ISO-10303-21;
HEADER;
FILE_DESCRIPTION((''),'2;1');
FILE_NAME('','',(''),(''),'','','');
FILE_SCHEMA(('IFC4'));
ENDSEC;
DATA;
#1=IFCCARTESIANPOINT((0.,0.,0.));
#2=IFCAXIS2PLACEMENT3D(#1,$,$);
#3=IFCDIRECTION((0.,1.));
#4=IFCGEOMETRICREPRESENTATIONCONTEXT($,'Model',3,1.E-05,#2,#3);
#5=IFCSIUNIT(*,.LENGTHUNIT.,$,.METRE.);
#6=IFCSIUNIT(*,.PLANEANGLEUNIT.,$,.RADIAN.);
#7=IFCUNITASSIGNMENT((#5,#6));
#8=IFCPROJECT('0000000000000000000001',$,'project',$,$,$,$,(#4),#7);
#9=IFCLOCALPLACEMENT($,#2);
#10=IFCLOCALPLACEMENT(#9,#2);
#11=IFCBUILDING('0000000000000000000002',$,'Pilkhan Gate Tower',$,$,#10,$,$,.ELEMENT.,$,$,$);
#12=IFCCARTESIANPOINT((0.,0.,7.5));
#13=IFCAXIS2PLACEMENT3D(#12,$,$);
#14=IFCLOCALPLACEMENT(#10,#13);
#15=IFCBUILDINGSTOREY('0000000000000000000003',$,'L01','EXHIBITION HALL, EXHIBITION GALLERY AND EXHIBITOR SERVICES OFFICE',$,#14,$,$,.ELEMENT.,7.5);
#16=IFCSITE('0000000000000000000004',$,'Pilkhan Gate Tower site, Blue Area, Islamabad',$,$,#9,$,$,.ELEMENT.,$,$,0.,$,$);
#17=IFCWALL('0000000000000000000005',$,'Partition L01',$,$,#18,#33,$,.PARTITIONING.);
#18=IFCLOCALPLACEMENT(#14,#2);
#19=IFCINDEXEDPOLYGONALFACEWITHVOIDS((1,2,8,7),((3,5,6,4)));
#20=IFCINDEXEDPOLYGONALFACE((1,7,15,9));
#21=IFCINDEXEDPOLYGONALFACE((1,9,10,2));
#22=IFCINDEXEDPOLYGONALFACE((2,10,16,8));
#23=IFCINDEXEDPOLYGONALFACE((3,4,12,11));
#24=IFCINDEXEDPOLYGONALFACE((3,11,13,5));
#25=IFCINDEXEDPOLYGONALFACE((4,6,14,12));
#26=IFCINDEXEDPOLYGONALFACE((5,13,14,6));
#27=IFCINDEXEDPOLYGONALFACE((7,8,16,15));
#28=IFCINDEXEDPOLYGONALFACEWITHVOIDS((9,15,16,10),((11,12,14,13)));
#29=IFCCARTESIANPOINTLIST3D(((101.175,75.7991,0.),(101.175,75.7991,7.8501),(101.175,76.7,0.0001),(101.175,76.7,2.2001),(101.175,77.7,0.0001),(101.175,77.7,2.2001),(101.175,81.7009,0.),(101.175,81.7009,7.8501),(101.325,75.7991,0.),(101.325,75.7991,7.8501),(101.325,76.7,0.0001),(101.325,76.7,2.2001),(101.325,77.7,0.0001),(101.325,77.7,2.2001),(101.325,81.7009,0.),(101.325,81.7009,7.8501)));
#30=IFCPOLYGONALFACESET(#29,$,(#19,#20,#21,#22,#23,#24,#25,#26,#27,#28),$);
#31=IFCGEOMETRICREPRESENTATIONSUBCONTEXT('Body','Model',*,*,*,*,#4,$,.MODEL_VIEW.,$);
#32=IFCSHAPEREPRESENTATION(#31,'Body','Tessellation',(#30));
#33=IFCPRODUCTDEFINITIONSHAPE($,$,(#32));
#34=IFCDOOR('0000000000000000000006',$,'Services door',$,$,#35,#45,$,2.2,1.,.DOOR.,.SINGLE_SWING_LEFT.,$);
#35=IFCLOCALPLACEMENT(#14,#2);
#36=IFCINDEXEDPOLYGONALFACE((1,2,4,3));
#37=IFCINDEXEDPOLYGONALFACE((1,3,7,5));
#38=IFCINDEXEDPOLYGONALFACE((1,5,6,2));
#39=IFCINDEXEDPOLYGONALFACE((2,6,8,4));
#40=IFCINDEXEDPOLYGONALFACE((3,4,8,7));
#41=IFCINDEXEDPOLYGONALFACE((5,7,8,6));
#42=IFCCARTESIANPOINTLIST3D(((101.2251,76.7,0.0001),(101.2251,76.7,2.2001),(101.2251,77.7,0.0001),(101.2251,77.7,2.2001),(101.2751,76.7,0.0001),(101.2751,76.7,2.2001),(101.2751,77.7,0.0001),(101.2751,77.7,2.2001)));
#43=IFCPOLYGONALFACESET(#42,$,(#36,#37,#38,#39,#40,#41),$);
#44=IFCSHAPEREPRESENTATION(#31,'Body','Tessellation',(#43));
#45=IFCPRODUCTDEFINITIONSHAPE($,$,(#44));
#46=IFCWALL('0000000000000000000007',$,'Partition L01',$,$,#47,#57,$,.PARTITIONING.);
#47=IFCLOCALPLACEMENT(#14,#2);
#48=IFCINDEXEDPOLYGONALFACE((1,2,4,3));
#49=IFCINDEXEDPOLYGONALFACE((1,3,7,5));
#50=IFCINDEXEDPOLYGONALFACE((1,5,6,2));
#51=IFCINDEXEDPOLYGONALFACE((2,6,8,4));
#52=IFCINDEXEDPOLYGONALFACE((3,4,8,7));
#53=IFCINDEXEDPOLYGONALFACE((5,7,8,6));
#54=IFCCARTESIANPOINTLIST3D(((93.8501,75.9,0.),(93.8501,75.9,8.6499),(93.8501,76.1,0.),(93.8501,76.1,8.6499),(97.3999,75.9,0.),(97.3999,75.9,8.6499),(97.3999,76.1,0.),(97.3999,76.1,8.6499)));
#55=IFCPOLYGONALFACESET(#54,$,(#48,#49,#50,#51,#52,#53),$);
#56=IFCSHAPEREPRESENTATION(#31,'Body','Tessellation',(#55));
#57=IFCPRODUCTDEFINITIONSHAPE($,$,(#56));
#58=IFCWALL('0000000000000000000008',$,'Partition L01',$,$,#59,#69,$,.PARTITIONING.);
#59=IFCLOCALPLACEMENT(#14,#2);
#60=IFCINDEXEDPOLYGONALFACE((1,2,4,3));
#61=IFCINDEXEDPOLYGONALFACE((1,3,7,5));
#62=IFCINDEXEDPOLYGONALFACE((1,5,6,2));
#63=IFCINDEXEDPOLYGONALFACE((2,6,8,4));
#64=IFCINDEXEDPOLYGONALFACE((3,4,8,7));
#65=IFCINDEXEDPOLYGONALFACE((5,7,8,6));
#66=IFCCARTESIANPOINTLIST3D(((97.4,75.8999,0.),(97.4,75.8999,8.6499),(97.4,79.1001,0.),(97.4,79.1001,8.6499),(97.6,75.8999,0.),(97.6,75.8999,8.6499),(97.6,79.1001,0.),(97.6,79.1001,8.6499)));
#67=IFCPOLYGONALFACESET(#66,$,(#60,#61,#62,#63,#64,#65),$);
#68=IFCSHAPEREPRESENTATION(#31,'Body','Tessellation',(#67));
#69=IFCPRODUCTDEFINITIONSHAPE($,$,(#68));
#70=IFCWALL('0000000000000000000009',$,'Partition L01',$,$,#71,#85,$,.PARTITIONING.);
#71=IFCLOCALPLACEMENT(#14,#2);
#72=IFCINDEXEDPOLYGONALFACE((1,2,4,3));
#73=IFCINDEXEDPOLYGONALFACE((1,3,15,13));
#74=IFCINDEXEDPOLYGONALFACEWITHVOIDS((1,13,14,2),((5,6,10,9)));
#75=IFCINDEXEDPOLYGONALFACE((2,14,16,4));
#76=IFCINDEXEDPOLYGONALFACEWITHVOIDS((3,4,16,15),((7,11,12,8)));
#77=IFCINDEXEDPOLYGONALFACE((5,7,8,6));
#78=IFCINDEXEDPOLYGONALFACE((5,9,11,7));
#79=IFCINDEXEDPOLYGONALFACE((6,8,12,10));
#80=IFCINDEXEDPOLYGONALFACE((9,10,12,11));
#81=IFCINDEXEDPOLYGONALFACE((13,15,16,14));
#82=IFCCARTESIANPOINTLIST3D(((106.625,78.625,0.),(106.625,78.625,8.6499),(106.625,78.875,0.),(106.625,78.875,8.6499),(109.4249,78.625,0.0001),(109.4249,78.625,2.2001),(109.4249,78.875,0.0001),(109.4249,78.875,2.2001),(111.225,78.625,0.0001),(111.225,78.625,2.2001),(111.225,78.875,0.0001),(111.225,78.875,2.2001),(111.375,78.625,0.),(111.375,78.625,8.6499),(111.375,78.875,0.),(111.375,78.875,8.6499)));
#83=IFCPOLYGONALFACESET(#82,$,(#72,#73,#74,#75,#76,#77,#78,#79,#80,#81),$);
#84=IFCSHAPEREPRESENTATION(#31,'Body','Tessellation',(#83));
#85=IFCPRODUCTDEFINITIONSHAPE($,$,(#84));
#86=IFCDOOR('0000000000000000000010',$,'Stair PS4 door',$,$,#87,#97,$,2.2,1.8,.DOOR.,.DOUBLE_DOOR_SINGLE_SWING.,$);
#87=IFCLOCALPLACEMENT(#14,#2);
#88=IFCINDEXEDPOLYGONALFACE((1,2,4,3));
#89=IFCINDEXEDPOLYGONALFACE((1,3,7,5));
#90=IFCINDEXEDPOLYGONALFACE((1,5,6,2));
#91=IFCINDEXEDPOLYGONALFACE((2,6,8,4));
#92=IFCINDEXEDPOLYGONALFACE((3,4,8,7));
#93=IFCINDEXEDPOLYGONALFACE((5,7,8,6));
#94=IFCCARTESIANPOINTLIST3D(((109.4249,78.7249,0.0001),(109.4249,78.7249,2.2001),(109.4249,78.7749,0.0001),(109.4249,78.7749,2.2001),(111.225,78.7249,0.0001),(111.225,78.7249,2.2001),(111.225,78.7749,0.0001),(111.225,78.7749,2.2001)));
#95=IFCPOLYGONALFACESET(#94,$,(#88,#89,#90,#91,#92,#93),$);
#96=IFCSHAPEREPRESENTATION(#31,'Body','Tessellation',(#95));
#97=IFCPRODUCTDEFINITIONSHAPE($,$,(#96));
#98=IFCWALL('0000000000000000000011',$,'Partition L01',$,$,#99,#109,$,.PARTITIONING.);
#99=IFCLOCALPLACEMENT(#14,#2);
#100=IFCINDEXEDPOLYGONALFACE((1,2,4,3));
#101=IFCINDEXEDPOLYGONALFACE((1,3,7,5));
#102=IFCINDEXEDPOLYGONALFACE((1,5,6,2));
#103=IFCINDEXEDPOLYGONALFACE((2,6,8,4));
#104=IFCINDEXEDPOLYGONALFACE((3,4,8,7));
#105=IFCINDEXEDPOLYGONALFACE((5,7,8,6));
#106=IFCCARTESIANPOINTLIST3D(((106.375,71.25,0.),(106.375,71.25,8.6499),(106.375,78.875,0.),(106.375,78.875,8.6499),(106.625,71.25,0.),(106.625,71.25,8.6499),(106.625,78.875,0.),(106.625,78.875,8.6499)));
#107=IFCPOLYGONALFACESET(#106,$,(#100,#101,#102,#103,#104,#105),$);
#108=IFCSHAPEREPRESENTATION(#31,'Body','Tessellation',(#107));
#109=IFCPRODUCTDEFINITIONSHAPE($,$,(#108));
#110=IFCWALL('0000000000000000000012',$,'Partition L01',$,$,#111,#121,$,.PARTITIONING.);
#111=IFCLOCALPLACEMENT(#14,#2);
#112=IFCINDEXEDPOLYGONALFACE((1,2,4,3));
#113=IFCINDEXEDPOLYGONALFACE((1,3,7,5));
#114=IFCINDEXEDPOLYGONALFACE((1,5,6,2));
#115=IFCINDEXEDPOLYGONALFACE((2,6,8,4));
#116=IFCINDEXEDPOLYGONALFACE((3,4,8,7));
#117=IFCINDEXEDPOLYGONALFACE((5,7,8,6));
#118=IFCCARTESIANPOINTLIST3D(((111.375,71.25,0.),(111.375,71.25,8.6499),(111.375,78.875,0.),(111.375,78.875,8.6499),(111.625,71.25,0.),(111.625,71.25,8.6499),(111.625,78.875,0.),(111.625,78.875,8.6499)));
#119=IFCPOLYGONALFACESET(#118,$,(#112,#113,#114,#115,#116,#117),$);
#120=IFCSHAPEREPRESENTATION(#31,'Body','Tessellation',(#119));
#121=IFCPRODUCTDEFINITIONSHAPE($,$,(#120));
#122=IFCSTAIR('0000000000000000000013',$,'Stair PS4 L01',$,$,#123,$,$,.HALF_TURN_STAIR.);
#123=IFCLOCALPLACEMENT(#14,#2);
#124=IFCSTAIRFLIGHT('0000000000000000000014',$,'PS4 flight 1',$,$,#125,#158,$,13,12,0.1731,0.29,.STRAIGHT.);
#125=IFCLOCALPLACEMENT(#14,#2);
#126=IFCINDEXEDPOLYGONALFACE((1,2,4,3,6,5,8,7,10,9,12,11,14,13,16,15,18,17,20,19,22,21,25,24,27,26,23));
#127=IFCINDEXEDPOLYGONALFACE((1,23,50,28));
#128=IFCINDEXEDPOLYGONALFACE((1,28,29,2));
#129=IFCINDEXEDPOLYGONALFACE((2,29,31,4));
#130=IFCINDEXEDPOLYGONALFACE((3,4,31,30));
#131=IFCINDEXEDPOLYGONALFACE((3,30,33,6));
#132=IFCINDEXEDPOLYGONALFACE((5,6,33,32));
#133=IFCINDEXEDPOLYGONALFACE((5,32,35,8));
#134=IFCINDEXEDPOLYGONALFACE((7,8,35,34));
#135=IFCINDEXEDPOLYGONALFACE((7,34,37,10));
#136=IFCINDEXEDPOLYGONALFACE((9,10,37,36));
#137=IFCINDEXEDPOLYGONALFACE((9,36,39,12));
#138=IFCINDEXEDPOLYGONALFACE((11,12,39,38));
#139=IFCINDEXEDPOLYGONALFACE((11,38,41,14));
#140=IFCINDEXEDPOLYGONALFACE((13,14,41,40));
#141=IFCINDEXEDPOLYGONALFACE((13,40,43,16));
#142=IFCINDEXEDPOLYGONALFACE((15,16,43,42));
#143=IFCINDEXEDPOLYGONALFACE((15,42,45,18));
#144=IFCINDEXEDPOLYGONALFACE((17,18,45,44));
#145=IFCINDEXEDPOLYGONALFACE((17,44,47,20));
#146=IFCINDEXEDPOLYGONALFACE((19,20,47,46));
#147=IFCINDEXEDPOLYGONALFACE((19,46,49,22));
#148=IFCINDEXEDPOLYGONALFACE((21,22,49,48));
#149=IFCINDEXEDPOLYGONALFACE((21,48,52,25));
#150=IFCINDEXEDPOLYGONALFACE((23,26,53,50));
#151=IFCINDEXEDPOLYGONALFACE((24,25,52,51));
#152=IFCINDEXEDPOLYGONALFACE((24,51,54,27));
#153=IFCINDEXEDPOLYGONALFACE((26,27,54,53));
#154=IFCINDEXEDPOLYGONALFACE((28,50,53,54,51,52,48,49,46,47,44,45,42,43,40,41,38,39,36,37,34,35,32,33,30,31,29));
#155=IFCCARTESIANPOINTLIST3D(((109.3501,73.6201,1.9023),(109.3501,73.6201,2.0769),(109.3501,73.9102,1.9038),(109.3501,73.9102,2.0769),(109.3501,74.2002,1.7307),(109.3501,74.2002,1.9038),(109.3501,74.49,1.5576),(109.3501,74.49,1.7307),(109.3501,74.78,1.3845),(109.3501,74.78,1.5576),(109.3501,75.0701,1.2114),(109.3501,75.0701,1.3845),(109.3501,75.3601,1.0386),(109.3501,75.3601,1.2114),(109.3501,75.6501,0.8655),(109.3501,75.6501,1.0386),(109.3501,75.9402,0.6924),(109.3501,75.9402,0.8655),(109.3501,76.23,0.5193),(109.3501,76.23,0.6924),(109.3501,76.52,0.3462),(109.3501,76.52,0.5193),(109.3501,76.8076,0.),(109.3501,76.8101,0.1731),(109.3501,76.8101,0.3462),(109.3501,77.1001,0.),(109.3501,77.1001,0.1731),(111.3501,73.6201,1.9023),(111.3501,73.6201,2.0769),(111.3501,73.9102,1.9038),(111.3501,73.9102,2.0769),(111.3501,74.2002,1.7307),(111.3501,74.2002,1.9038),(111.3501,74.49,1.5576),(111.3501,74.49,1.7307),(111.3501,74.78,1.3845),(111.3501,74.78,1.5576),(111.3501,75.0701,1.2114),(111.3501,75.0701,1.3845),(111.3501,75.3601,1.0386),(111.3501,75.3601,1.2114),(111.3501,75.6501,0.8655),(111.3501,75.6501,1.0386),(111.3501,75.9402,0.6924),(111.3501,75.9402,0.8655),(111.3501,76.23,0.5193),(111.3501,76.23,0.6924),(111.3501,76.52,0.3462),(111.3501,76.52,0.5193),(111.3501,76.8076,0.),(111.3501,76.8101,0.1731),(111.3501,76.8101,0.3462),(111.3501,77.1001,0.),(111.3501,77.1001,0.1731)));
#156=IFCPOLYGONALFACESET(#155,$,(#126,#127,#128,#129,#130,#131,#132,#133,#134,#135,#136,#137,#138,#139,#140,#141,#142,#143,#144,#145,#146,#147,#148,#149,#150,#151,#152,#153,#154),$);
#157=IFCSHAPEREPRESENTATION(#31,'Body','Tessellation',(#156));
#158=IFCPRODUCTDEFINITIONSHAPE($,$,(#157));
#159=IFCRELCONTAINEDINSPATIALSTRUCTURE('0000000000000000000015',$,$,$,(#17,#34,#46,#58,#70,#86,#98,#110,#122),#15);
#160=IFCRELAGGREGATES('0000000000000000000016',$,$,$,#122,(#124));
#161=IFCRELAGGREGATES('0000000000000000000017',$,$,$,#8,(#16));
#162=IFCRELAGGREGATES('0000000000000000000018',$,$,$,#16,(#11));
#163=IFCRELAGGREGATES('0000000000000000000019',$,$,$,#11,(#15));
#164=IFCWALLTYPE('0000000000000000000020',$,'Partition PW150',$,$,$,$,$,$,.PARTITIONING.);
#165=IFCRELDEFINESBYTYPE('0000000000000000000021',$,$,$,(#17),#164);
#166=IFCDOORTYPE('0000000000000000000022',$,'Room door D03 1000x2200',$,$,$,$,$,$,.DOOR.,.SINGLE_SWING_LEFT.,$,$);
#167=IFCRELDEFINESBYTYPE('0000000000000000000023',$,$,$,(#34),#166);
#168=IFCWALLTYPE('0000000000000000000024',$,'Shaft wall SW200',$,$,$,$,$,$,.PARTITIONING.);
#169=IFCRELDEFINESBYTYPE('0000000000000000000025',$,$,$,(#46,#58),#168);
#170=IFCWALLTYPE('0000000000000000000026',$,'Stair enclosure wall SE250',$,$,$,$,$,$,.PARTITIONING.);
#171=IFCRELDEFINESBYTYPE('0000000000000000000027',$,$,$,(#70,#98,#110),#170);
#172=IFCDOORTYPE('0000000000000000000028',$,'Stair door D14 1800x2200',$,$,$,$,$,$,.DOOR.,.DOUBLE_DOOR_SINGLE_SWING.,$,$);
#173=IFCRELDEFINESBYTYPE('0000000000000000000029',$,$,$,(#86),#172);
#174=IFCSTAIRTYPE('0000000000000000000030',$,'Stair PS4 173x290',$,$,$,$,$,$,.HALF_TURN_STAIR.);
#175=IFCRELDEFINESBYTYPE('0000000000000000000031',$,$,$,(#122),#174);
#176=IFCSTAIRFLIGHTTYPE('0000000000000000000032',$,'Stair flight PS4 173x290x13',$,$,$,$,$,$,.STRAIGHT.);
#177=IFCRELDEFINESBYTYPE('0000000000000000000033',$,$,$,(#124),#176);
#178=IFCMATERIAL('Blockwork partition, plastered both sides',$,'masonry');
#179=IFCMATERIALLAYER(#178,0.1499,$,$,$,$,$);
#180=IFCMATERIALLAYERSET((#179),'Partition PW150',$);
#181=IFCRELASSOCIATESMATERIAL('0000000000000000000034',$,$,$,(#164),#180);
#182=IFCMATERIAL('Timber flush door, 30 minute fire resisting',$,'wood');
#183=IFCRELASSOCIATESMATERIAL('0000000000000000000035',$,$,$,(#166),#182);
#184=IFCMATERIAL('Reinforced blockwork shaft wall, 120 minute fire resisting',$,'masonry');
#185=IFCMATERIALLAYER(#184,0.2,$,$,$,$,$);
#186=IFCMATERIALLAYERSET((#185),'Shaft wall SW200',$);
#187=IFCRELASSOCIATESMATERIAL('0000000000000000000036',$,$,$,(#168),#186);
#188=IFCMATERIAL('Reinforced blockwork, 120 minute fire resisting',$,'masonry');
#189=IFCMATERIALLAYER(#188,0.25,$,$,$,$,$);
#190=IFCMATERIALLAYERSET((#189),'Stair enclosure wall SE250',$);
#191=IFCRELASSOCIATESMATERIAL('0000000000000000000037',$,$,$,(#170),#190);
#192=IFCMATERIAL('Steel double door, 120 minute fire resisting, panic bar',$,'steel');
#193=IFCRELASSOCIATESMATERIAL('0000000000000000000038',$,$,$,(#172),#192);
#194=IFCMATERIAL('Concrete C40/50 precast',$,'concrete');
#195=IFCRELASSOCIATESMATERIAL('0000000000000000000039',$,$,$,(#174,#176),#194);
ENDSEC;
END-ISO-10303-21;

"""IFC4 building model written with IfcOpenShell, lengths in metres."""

from ifc_helpers import new_model, si_unit, direction, frame, frame_2d, origin, place, context, subcontext, project, spatial, polyline, rectangle, outline, extrude, material, layer, layer_set, type_object, element, fill, aggregate, save


model = new_model("IFC4")

# Units and contexts
model_context = context("Model", 3, precision=1e-05, world=origin(), true_north=direction((0.0, 1.0)))
body_context = subcontext(model_context, "Body", "Model", "MODEL_VIEW")
ifc_project = project(units=[si_unit("LENGTHUNIT", "METRE"), si_unit("PLANEANGLEUNIT", "RADIAN")], contexts=[model_context])

# Site, building, storey
site_placement = place(None, origin())
site = spatial("IfcSite", under=ifc_project, at=site_placement, Name="Pilkhan Gate Tower site, Blue Area, Islamabad", CompositionType="ELEMENT", RefElevation=0.0)
building_placement = place(site_placement, origin())
building = spatial("IfcBuilding", under=site, at=building_placement, Name="Pilkhan Gate Tower", CompositionType="ELEMENT")
storey_placement = place(building_placement, frame((0.0, 0.0, 7.5)))
storey = spatial("IfcBuildingStorey", under=building, at=storey_placement, Name="L01", Description="EXHIBITION HALL, EXHIBITION GALLERY AND EXHIBITOR SERVICES OFFICE", CompositionType="ELEMENT", Elevation=7.5)

# Shared definitions
ifc_material_1 = material(Name="Blockwork partition, plastered both sides", Category="masonry")
ifc_layer_1 = layer(ifc_material_1, 0.1499)
ifc_layer_set_1 = layer_set([ifc_layer_1], Name="Partition PW150")
wall_type_1 = type_object("IfcWallType", Name="Partition PW150", PredefinedType="PARTITIONING", material=ifc_layer_set_1)

# Wall, opening, door
wall_1_placement = place(storey_placement, frame((101.25, 75.7991, 0.0), z_axis=(0.0, 0.0, 1.0), x_axis=(0.0, 1.0, 0.0)))
wall_1 = element("IfcWall", 1, at=wall_1_placement, inside=storey, type_object=wall_type_1, Name="Partition L01", PredefinedType="PARTITIONING", context=body_context, shape_type="SweptSolid", body=[
    extrude(rectangle(XDim=5.9019, YDim=0.1499, at=frame_2d((2.9509, 0.0))), origin(), (0.0, 0.0, 1.0), 7.8501),
])
opening_1_placement = place(wall_1_placement, frame((0.9009, 0.0, 0.0)))
opening_1 = element("IfcOpeningElement", 2, at=opening_1_placement, cuts=wall_1, PredefinedType="OPENING", context=body_context, shape_type="SweptSolid", body=[
    extrude(rectangle(XDim=1.0, YDim=2.2, at=frame_2d((0.5, 1.1001))), frame((0.0, 0.085, 0.0), z_axis=(0.0, -1.0, 0.0), x_axis=(1.0, 0.0, 0.0)), (0.0, 0.0, 1.0), 0.1699),
])
ifc_material_2 = material(Name="Timber flush door, 30 minute fire resisting", Category="wood")
door_type_1 = type_object("IfcDoorType", Name="Room door D03 1000x2200", OperationType="SINGLE_SWING_LEFT", PredefinedType="DOOR", material=ifc_material_2)
door_1_placement = place(opening_1_placement, origin())
door_1 = element("IfcDoor", 3, at=door_1_placement, inside=storey, type_object=door_type_1, Name="Services door", OperationType="SINGLE_SWING_LEFT", OverallHeight=2.2, OverallWidth=1.0, PredefinedType="DOOR", context=body_context, shape_type="SweptSolid", body=[
    extrude(rectangle(XDim=1.0, YDim=2.2, at=frame_2d((0.5, 1.1001))), frame((0.0, 0.0249, 0.0), z_axis=(0.0, -1.0, 0.0), x_axis=(1.0, 0.0, 0.0)), (0.0, 0.0, 1.0), 0.05),
])
fill(opening_1, door_1)

# Walls
ifc_material_3 = material(Name="Reinforced blockwork shaft wall, 120 minute fire resisting", Category="masonry")
ifc_layer_2 = layer(ifc_material_3, 0.2)
ifc_layer_set_2 = layer_set([ifc_layer_2], Name="Shaft wall SW200")
wall_type_2 = type_object("IfcWallType", Name="Shaft wall SW200", PredefinedType="PARTITIONING", material=ifc_layer_set_2)
wall_2_placement = place(storey_placement, frame((93.8501, 76.0, 0.0), z_axis=(0.0, 0.0, 1.0), x_axis=(1.0, 0.0, 0.0)))
element("IfcWall", 4, at=wall_2_placement, inside=storey, type_object=wall_type_2, Name="Partition L01", PredefinedType="PARTITIONING", context=body_context, shape_type="SweptSolid", body=[
    extrude(rectangle(XDim=3.5498, YDim=0.2, at=frame_2d((1.7749, 0.0))), origin(), (0.0, 0.0, 1.0), 8.6499),
])
wall_3_placement = place(storey_placement, frame((97.5, 75.8999, 0.0), z_axis=(0.0, 0.0, 1.0), x_axis=(0.0, 1.0, 0.0)))
element("IfcWall", 5, at=wall_3_placement, inside=storey, type_object=wall_type_2, Name="Partition L01", PredefinedType="PARTITIONING", context=body_context, shape_type="SweptSolid", body=[
    extrude(rectangle(XDim=3.2002, YDim=0.2, at=frame_2d((1.6001, 0.0))), origin(), (0.0, 0.0, 1.0), 8.6499),
])

# Wall, opening, door
ifc_material_4 = material(Name="Reinforced blockwork, 120 minute fire resisting", Category="masonry")
ifc_layer_3 = layer(ifc_material_4, 0.25)
ifc_layer_set_3 = layer_set([ifc_layer_3], Name="Stair enclosure wall SE250")
wall_type_3 = type_object("IfcWallType", Name="Stair enclosure wall SE250", PredefinedType="PARTITIONING", material=ifc_layer_set_3)
wall_4_placement = place(storey_placement, frame((106.625, 78.75, 0.0), z_axis=(0.0, 0.0, 1.0), x_axis=(1.0, 0.0, 0.0)))
wall_4 = element("IfcWall", 6, at=wall_4_placement, inside=storey, type_object=wall_type_3, Name="Partition L01", PredefinedType="PARTITIONING", context=body_context, shape_type="SweptSolid", body=[
    extrude(rectangle(XDim=4.75, YDim=0.25, at=frame_2d((2.375, 0.0))), origin(), (0.0, 0.0, 1.0), 8.6499),
])
opening_2_placement = place(wall_4_placement, frame((2.8, 0.0, 0.0)))
opening_2 = element("IfcOpeningElement", 7, at=opening_2_placement, cuts=wall_4, PredefinedType="OPENING", context=body_context, shape_type="SweptSolid", body=[
    extrude(rectangle(XDim=1.8, YDim=2.2, at=frame_2d((0.8999, 1.1001))), frame((0.0, 0.135, 0.0), z_axis=(0.0, -1.0, 0.0), x_axis=(1.0, 0.0, 0.0)), (0.0, 0.0, 1.0), 0.27),
])
ifc_material_5 = material(Name="Steel double door, 120 minute fire resisting, panic bar", Category="steel")
door_type_2 = type_object("IfcDoorType", Name="Stair door D14 1800x2200", OperationType="DOUBLE_DOOR_SINGLE_SWING", PredefinedType="DOOR", material=ifc_material_5)
door_2_placement = place(opening_2_placement, origin())
door_2 = element("IfcDoor", 8, at=door_2_placement, inside=storey, type_object=door_type_2, Name="Stair PS4 door", OperationType="DOUBLE_DOOR_SINGLE_SWING", OverallHeight=2.2, OverallWidth=1.8, PredefinedType="DOOR", context=body_context, shape_type="SweptSolid", body=[
    extrude(rectangle(XDim=1.8, YDim=2.2, at=frame_2d((0.8999, 1.1001))), frame((0.0, 0.0249, 0.0), z_axis=(0.0, -1.0, 0.0), x_axis=(1.0, 0.0, 0.0)), (0.0, 0.0, 1.0), 0.05),
])
fill(opening_2, door_2)

# Walls
for number, where, z_axis, x_axis, name in (
    (9, (106.5, 71.25, 0.0), (0.0, 0.0, 1.0), (0.0, 1.0, 0.0), "Partition L01"),
    (10, (111.5, 71.25, 0.0), (0.0, 0.0, 1.0), (0.0, 1.0, 0.0), "Partition L01"),
):
    element("IfcWall", number, at=place(storey_placement, frame(where, z_axis=z_axis, x_axis=x_axis)), inside=storey, type_object=wall_type_3, Name=name, PredefinedType="PARTITIONING", context=body_context, shape_type="SweptSolid", body=[
        extrude(rectangle(XDim=7.625, YDim=0.25, at=frame_2d((3.8125, 0.0))), origin(), (0.0, 0.0, 1.0), 8.6499),
    ])

# Stair, stair flight
ifc_material_6 = material(Name="Concrete C40/50 precast", Category="concrete")
stair_type = type_object("IfcStairType", Name="Stair PS4 173x290", PredefinedType="HALF_TURN_STAIR", material=ifc_material_6)
stair_placement = place(storey_placement, origin())
stair = element("IfcStair", 11, at=stair_placement, inside=storey, type_object=stair_type, Name="Stair PS4 L01", PredefinedType="HALF_TURN_STAIR")
stair_flight_type = type_object("IfcStairFlightType", Name="Stair flight PS4 173x290x13", PredefinedType="STRAIGHT", material=ifc_material_6)
stair_flight_1_placement = place(storey_placement, frame((110.3501, 77.1001, 0.0), z_axis=(0.0, 0.0, 1.0), x_axis=(0.0, -1.0, 0.0)))
stair_flight_1 = element("IfcStairFlight", 12, at=stair_flight_1_placement, type_object=stair_flight_type, Name="PS4 flight 1", NumberOfRisers=13, NumberOfTreads=12, PredefinedType="STRAIGHT", RiserHeight=0.1731, TreadLength=0.29, context=body_context, shape_type="SweptSolid", body=[
    extrude(outline(polyline([(0.0, 0.0), (0.0, 0.1731), (0.29, 0.1731), (0.29, 0.3462), (0.5801, 0.3462), (0.5801, 0.5193), (0.8701, 0.5193), (0.8701, 0.6924), (1.1599, 0.6924), (1.1599, 0.8655), (1.45, 0.8655), (1.45, 1.0386), (1.74, 1.0386), (1.74, 1.2114), (2.03, 1.2114), (2.03, 1.3845), (2.3201, 1.3845), (2.3201, 1.5576), (2.6101, 1.5576), (2.6101, 1.7307), (2.8999, 1.7307), (2.8999, 1.9038), (3.1899, 1.9038), (3.1899, 2.0769), (3.48, 2.0769), (3.48, 2.25), (3.48, 1.9023), (0.2925, 0.0), (0.0, 0.0)])), frame((0.0, 1.0, 0.0), z_axis=(0.0, -1.0, 0.0), x_axis=(1.0, 0.0, 0.0)), (0.0, 0.0, 1.0), 2.0),
])
aggregate(stair, [stair_flight_1])

save(model, "model.ifc")
